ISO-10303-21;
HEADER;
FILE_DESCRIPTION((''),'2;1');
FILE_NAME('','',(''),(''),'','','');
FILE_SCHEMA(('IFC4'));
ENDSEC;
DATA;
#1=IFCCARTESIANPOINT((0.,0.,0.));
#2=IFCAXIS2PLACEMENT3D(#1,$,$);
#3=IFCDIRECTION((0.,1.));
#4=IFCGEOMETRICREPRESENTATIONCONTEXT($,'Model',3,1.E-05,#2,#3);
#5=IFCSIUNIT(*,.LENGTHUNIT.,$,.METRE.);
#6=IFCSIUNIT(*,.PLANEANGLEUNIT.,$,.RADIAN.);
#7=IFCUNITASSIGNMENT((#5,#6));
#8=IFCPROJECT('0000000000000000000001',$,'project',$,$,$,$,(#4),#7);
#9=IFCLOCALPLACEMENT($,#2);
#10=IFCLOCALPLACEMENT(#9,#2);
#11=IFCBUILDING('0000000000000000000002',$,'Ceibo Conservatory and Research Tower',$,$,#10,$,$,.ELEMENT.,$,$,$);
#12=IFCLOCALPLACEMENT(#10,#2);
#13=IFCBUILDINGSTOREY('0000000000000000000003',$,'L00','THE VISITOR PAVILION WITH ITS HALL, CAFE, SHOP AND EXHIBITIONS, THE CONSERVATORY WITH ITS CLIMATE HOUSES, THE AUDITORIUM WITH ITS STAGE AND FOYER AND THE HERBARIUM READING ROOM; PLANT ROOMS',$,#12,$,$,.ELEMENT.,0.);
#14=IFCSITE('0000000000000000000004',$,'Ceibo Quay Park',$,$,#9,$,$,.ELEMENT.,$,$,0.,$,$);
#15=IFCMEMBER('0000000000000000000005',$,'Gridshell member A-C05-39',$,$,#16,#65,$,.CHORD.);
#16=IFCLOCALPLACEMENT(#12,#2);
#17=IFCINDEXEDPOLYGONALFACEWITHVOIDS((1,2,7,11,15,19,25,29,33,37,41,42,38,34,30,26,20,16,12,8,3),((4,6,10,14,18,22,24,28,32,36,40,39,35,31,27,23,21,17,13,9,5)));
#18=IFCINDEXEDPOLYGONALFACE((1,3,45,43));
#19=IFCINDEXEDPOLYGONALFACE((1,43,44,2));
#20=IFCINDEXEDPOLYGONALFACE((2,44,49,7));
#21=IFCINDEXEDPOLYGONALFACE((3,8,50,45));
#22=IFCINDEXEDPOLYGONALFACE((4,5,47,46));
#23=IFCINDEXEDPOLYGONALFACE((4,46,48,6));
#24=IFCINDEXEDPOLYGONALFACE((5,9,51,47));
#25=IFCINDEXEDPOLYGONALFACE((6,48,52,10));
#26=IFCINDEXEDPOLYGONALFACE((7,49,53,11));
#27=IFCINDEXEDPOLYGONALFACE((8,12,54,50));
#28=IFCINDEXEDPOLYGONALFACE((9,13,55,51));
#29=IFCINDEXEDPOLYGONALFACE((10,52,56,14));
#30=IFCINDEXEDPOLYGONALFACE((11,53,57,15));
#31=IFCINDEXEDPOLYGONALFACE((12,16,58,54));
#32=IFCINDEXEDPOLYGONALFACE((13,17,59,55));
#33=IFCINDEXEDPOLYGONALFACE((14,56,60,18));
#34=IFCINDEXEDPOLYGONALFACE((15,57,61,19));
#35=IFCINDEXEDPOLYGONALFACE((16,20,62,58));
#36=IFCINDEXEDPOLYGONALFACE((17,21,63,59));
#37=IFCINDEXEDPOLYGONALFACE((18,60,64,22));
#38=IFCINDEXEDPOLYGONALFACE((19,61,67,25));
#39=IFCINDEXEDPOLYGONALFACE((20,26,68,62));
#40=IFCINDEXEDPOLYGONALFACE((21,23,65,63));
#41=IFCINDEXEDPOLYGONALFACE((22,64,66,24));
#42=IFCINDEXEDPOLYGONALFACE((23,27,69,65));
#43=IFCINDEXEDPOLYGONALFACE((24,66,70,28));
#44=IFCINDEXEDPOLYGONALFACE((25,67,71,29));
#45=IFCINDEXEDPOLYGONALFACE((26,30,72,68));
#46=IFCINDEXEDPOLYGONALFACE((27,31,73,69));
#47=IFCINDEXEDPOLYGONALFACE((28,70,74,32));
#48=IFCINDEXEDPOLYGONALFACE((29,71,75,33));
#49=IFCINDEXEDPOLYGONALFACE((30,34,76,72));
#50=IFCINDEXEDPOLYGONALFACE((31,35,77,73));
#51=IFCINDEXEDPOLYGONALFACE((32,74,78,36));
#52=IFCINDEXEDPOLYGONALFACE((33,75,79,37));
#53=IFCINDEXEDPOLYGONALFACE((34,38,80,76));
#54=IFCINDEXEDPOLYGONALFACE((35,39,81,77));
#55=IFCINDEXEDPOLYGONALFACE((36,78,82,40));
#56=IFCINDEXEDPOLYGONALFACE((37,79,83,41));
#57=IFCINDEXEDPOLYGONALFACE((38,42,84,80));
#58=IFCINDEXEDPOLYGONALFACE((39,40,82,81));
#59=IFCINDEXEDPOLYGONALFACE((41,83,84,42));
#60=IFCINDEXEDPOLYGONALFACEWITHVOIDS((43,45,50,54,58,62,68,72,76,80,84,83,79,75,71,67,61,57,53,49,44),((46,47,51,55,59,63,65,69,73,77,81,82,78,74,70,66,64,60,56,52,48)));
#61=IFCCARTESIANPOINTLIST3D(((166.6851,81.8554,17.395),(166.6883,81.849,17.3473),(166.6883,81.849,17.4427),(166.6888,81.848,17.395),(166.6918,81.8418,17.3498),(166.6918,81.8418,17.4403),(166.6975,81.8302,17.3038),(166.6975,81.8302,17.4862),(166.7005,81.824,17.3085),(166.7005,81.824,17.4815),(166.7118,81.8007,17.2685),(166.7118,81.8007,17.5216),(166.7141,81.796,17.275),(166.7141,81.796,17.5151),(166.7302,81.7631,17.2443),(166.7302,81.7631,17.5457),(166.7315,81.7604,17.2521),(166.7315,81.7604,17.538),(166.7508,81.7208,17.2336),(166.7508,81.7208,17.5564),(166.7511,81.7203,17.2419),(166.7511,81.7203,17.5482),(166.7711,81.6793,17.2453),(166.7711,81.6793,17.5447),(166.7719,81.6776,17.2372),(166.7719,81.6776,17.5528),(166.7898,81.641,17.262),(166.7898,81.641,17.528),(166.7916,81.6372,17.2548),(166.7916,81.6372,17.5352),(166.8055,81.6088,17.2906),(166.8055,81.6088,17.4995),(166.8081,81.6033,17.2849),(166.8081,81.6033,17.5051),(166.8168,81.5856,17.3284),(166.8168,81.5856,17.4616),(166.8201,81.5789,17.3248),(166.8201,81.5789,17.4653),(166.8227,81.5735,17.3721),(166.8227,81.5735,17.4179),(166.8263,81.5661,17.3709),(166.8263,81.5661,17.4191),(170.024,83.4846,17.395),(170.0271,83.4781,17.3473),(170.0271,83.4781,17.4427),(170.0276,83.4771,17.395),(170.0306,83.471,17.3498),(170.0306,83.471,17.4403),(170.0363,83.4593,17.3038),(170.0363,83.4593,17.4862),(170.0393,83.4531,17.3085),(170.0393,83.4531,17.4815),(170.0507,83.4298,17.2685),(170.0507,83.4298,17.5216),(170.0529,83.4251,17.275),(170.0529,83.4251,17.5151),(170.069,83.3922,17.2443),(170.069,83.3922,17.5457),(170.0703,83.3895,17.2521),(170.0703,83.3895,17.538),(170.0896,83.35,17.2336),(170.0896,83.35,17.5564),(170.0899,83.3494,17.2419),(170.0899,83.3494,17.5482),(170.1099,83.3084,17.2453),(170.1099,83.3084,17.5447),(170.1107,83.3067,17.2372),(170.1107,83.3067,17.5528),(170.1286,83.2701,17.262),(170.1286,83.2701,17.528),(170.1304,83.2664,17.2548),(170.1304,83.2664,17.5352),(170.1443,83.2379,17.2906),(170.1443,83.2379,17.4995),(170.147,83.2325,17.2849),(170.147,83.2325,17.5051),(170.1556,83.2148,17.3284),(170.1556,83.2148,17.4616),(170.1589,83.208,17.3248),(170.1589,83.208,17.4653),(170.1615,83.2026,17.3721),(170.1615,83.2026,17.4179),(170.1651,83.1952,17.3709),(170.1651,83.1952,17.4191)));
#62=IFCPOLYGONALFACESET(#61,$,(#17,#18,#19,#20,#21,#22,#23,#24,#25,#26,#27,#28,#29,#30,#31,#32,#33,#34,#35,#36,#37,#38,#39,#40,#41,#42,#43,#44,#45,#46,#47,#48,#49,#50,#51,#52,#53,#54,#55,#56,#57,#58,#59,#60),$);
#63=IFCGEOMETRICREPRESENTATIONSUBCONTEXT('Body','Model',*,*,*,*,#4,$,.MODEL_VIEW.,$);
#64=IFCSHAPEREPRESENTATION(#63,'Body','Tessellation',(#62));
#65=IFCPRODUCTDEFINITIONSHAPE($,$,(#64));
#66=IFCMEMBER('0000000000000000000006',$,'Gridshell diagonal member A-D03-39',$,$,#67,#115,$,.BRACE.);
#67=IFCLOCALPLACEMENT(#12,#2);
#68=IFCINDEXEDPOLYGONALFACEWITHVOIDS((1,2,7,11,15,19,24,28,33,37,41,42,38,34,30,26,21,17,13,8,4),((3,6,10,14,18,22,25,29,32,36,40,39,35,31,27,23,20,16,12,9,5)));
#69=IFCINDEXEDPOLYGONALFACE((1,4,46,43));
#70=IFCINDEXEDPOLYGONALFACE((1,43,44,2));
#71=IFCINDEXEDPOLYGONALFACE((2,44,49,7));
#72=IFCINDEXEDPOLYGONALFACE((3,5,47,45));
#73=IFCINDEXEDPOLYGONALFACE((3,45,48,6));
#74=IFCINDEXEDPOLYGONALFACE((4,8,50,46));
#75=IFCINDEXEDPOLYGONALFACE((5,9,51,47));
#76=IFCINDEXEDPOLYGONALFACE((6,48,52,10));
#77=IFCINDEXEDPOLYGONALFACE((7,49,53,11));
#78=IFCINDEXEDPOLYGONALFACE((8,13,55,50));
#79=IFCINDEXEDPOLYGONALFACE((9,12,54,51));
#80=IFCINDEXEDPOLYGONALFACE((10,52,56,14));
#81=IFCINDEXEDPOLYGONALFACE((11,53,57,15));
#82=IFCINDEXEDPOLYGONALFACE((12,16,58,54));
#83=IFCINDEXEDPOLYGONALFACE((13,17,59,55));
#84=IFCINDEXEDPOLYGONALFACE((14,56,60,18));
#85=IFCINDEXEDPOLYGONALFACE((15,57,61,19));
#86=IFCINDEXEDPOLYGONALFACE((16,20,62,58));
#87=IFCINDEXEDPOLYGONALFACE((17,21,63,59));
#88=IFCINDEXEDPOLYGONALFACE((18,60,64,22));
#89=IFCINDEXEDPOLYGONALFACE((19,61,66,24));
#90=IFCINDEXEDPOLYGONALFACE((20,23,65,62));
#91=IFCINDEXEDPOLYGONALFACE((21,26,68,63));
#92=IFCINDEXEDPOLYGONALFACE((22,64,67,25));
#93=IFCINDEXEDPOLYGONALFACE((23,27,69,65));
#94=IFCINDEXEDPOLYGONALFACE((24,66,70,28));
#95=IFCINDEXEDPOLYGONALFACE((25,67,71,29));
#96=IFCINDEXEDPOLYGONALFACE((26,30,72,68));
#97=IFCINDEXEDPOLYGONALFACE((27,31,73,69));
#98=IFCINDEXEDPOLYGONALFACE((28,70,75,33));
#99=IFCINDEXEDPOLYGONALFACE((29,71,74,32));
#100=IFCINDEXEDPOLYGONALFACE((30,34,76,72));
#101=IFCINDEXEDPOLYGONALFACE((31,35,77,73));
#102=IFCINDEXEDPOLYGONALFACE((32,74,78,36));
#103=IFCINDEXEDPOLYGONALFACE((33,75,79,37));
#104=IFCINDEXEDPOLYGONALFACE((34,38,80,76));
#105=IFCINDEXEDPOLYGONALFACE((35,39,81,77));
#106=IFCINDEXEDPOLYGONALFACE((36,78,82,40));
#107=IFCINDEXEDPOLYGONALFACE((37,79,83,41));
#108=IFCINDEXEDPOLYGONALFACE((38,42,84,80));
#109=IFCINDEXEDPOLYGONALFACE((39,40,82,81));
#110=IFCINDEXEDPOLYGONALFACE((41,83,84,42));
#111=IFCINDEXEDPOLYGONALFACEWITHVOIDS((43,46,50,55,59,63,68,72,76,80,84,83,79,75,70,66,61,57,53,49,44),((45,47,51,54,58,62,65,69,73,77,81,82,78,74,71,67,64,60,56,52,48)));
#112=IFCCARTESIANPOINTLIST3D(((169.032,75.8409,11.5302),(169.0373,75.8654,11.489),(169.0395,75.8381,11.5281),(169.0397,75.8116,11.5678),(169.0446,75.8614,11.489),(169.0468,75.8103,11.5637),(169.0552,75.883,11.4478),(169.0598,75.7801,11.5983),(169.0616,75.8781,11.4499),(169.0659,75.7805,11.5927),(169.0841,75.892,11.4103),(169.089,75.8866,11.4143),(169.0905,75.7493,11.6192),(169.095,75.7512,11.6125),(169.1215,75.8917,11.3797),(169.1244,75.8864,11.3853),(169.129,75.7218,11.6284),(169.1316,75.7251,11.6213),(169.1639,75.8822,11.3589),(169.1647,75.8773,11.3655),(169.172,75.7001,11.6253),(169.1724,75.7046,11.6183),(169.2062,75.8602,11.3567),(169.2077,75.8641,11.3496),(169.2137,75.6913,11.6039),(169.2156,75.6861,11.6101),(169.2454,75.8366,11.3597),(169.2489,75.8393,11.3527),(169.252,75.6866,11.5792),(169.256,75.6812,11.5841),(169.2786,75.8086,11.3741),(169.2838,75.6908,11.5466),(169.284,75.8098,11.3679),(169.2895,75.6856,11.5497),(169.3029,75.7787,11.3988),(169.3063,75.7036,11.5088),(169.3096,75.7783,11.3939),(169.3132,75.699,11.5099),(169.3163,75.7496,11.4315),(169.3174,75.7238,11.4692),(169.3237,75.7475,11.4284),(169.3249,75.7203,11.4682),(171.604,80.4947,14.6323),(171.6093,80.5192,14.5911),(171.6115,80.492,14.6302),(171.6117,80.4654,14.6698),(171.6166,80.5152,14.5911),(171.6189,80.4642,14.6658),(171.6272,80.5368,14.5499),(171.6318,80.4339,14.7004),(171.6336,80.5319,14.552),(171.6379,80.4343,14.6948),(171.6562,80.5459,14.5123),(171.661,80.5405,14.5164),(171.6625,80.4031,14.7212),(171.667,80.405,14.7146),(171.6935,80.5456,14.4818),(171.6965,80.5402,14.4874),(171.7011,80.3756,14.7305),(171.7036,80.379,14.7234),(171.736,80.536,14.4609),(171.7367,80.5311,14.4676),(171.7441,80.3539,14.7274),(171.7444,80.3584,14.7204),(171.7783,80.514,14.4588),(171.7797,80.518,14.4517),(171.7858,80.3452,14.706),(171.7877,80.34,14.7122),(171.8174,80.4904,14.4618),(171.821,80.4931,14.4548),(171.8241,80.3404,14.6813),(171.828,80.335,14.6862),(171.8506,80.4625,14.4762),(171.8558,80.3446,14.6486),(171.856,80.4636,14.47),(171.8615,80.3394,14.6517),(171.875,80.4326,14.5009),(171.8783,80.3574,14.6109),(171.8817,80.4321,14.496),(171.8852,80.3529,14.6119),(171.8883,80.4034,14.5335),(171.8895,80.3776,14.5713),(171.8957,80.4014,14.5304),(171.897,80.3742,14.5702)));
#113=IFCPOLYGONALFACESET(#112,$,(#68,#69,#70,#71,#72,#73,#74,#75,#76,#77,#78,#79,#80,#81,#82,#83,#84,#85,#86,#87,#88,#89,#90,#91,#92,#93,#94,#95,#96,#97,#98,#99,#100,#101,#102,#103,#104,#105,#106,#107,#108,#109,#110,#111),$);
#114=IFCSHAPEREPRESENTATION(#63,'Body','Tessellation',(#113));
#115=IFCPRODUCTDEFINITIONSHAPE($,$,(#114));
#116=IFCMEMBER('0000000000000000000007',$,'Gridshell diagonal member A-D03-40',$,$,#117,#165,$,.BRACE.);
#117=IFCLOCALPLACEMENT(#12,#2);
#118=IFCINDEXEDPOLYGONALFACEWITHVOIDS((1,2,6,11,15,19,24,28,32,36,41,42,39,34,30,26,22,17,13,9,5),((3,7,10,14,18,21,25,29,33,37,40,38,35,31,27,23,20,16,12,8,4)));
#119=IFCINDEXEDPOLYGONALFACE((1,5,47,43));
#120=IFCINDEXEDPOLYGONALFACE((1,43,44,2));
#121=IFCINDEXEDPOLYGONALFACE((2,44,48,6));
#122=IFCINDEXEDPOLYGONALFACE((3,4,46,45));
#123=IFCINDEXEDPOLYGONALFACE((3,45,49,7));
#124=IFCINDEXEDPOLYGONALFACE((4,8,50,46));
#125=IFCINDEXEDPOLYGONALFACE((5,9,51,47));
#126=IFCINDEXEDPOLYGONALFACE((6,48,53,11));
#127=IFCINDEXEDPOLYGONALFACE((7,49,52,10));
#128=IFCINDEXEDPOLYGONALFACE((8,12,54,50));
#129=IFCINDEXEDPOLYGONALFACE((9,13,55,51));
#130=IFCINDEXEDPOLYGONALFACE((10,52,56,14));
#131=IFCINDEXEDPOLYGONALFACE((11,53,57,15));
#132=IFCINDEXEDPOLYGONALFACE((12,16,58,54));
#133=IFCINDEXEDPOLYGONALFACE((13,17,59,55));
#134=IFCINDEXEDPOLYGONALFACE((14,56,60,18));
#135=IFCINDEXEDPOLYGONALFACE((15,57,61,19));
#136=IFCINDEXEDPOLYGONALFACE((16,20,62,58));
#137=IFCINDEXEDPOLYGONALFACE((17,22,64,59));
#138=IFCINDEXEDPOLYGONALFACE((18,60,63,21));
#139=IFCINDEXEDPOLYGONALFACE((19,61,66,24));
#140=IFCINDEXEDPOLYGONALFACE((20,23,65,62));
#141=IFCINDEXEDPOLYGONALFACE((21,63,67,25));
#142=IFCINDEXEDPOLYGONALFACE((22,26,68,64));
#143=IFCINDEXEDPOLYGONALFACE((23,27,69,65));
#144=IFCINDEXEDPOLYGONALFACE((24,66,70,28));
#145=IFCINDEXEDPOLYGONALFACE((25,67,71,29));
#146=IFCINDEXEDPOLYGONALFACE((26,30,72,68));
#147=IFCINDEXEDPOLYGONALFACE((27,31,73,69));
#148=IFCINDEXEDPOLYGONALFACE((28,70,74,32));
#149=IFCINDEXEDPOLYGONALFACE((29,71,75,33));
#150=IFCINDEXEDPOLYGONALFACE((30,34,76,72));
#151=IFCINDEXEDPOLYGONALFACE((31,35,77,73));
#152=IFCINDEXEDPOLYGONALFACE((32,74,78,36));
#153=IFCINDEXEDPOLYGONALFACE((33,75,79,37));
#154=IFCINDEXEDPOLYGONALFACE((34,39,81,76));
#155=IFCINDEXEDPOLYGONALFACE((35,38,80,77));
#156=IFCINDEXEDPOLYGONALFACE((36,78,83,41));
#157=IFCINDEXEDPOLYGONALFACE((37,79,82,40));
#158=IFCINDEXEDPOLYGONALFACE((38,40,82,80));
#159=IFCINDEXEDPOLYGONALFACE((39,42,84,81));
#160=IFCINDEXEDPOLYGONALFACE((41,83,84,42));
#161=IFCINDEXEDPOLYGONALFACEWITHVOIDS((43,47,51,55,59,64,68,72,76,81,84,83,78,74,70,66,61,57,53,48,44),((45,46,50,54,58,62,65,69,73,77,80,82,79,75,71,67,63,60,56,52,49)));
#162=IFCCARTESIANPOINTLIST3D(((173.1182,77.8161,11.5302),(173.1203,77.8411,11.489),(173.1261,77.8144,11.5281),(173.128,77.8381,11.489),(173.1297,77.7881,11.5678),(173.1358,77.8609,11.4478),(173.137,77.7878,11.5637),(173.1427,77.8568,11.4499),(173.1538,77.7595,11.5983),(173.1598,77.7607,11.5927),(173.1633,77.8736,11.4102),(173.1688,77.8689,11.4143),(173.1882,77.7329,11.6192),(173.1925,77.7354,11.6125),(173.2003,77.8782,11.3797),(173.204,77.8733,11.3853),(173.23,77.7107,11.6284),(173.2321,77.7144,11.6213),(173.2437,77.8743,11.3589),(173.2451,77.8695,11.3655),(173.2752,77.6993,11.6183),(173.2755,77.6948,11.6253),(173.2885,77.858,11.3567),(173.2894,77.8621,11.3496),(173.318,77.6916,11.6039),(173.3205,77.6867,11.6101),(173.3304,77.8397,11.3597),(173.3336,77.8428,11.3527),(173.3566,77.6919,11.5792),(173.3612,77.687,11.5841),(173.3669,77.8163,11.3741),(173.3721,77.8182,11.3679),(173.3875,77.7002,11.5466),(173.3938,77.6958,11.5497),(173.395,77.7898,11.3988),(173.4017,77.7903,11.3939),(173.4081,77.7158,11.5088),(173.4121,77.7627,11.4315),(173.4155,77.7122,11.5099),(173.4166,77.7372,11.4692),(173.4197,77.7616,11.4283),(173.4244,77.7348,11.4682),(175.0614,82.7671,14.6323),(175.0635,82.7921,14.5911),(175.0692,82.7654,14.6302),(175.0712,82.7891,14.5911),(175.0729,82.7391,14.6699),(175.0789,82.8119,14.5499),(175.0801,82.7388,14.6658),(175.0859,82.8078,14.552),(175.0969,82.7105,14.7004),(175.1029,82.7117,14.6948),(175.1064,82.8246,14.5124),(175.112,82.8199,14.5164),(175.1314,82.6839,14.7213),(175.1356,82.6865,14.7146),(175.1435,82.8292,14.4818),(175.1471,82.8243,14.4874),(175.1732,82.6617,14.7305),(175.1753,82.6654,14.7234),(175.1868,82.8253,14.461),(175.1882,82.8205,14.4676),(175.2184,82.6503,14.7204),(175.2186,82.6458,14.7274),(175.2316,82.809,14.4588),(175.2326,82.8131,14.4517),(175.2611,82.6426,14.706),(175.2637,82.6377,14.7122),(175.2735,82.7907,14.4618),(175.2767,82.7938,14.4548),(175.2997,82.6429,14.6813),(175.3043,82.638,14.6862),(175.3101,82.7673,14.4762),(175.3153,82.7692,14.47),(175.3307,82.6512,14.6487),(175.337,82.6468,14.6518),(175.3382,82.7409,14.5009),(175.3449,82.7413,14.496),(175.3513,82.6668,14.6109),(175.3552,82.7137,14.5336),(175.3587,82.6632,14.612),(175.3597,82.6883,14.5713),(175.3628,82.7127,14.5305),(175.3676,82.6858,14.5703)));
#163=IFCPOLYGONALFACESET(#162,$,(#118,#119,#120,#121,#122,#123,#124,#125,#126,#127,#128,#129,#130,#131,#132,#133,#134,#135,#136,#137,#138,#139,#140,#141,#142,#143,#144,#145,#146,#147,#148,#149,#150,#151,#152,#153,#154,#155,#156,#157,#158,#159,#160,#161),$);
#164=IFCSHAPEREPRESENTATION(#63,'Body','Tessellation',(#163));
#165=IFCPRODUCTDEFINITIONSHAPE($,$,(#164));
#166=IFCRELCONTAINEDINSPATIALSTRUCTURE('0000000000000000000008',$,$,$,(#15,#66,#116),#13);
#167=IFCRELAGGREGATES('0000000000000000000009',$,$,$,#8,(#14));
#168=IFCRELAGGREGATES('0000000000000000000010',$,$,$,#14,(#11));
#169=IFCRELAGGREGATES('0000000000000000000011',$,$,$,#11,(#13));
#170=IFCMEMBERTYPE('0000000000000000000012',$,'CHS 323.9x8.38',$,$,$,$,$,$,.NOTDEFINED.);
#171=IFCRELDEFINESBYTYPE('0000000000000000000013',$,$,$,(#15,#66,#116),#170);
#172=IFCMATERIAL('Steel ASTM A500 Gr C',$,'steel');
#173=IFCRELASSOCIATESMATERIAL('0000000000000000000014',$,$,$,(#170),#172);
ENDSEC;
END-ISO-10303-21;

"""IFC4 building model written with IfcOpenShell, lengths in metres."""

from ifc_helpers import new_model, si_unit, direction, frame, origin, origin_2d, place, context, subcontext, project, spatial, hollow_circle, extrude, material, material_profile, profile_set, type_object, element, save


model = new_model("IFC4")

# Units and contexts
model_context = context("Model", 3, precision=1e-05, world=origin(), true_north=direction((0.0, 1.0)))
body_context = subcontext(model_context, "Body", "Model", "MODEL_VIEW")
ifc_project = project(units=[si_unit("LENGTHUNIT", "METRE"), si_unit("PLANEANGLEUNIT", "RADIAN")], contexts=[model_context])

# Site, building, storey
site_placement = place(None, origin())
site = spatial("IfcSite", under=ifc_project, at=site_placement, Name="Ceibo Quay Park", CompositionType="ELEMENT", RefElevation=0.0)
building_placement = place(site_placement, origin())
building = spatial("IfcBuilding", under=site, at=building_placement, Name="Ceibo Conservatory and Research Tower", CompositionType="ELEMENT")
storey_placement = place(building_placement, origin())
storey = spatial("IfcBuildingStorey", under=building, at=storey_placement, Name="L00", Description="THE VISITOR PAVILION WITH ITS HALL, CAFE, SHOP AND EXHIBITIONS, THE CONSERVATORY WITH ITS CLIMATE HOUSES, THE AUDITORIUM WITH ITS STAGE AND FOYER AND THE HERBARIUM READING ROOM; PLANT ROOMS", CompositionType="ELEMENT", Elevation=0.0)

# Members
ifc_material_1 = material(Name="Steel ASTM A500 Gr C", Category="steel")
ifc_material_profile_1 = material_profile(ifc_material_1, hollow_circle(Radius=0.1619, WallThickness=0.0083, at=origin_2d()), Name="CHS 323.9x8.38")
ifc_profile_set_1 = profile_set([ifc_material_profile_1], Name="Steel ASTM A500 Gr C")
member_type_1 = type_object("IfcMemberType", Name="CHS 323.9x8.38", PredefinedType="NOTDEFINED", material=ifc_profile_set_1)
member_1_placement = place(storey_placement, frame((166.7561, 81.71, 17.395), z_axis=(0.898722, 0.438518, 0.0), x_axis=(-0.438518, 0.898722, 0.0)))
element("IfcMember", 1, at=member_1_placement, inside=storey, type_object=member_type_1, Name="Gridshell member A-C05-39", PredefinedType="CHORD", context=body_context, shape_type="SweptSolid", body=[
    extrude(hollow_circle(Radius=0.1619, WallThickness=0.0083, at=origin_2d()), origin(), (0.0, 0.0, 1.0), 3.7151),
])
member_2_placement = place(storey_placement, frame((169.179, 75.7871, 11.489), z_axis=(0.417809, 0.755983, 0.503909), x_axis=(-0.875227, 0.483712, 0.0)))
element("IfcMember", 2, at=member_2_placement, inside=storey, type_object=member_type_1, Name="Gridshell diagonal member A-D03-39", PredefinedType="BRACE", context=body_context, shape_type="SweptSolid", body=[
    extrude(hollow_circle(Radius=0.1619, WallThickness=0.0083, at=origin_2d()), origin(), (0.0, 0.0, 1.0), 6.156),
])
member_3_placement = place(storey_placement, frame((173.271, 77.782, 11.489), z_axis=(0.315588, 0.804098, 0.503815), x_axis=(-0.930873, 0.365344, 0.0)))
element("IfcMember", 3, at=member_3_placement, inside=storey, type_object=member_type_1, Name="Gridshell diagonal member A-D03-40", PredefinedType="BRACE", context=body_context, shape_type="SweptSolid", body=[
    extrude(hollow_circle(Radius=0.1619, WallThickness=0.0083, at=origin_2d()), origin(), (0.0, 0.0, 1.0), 6.1572),
])

save(model, "model.ifc")
